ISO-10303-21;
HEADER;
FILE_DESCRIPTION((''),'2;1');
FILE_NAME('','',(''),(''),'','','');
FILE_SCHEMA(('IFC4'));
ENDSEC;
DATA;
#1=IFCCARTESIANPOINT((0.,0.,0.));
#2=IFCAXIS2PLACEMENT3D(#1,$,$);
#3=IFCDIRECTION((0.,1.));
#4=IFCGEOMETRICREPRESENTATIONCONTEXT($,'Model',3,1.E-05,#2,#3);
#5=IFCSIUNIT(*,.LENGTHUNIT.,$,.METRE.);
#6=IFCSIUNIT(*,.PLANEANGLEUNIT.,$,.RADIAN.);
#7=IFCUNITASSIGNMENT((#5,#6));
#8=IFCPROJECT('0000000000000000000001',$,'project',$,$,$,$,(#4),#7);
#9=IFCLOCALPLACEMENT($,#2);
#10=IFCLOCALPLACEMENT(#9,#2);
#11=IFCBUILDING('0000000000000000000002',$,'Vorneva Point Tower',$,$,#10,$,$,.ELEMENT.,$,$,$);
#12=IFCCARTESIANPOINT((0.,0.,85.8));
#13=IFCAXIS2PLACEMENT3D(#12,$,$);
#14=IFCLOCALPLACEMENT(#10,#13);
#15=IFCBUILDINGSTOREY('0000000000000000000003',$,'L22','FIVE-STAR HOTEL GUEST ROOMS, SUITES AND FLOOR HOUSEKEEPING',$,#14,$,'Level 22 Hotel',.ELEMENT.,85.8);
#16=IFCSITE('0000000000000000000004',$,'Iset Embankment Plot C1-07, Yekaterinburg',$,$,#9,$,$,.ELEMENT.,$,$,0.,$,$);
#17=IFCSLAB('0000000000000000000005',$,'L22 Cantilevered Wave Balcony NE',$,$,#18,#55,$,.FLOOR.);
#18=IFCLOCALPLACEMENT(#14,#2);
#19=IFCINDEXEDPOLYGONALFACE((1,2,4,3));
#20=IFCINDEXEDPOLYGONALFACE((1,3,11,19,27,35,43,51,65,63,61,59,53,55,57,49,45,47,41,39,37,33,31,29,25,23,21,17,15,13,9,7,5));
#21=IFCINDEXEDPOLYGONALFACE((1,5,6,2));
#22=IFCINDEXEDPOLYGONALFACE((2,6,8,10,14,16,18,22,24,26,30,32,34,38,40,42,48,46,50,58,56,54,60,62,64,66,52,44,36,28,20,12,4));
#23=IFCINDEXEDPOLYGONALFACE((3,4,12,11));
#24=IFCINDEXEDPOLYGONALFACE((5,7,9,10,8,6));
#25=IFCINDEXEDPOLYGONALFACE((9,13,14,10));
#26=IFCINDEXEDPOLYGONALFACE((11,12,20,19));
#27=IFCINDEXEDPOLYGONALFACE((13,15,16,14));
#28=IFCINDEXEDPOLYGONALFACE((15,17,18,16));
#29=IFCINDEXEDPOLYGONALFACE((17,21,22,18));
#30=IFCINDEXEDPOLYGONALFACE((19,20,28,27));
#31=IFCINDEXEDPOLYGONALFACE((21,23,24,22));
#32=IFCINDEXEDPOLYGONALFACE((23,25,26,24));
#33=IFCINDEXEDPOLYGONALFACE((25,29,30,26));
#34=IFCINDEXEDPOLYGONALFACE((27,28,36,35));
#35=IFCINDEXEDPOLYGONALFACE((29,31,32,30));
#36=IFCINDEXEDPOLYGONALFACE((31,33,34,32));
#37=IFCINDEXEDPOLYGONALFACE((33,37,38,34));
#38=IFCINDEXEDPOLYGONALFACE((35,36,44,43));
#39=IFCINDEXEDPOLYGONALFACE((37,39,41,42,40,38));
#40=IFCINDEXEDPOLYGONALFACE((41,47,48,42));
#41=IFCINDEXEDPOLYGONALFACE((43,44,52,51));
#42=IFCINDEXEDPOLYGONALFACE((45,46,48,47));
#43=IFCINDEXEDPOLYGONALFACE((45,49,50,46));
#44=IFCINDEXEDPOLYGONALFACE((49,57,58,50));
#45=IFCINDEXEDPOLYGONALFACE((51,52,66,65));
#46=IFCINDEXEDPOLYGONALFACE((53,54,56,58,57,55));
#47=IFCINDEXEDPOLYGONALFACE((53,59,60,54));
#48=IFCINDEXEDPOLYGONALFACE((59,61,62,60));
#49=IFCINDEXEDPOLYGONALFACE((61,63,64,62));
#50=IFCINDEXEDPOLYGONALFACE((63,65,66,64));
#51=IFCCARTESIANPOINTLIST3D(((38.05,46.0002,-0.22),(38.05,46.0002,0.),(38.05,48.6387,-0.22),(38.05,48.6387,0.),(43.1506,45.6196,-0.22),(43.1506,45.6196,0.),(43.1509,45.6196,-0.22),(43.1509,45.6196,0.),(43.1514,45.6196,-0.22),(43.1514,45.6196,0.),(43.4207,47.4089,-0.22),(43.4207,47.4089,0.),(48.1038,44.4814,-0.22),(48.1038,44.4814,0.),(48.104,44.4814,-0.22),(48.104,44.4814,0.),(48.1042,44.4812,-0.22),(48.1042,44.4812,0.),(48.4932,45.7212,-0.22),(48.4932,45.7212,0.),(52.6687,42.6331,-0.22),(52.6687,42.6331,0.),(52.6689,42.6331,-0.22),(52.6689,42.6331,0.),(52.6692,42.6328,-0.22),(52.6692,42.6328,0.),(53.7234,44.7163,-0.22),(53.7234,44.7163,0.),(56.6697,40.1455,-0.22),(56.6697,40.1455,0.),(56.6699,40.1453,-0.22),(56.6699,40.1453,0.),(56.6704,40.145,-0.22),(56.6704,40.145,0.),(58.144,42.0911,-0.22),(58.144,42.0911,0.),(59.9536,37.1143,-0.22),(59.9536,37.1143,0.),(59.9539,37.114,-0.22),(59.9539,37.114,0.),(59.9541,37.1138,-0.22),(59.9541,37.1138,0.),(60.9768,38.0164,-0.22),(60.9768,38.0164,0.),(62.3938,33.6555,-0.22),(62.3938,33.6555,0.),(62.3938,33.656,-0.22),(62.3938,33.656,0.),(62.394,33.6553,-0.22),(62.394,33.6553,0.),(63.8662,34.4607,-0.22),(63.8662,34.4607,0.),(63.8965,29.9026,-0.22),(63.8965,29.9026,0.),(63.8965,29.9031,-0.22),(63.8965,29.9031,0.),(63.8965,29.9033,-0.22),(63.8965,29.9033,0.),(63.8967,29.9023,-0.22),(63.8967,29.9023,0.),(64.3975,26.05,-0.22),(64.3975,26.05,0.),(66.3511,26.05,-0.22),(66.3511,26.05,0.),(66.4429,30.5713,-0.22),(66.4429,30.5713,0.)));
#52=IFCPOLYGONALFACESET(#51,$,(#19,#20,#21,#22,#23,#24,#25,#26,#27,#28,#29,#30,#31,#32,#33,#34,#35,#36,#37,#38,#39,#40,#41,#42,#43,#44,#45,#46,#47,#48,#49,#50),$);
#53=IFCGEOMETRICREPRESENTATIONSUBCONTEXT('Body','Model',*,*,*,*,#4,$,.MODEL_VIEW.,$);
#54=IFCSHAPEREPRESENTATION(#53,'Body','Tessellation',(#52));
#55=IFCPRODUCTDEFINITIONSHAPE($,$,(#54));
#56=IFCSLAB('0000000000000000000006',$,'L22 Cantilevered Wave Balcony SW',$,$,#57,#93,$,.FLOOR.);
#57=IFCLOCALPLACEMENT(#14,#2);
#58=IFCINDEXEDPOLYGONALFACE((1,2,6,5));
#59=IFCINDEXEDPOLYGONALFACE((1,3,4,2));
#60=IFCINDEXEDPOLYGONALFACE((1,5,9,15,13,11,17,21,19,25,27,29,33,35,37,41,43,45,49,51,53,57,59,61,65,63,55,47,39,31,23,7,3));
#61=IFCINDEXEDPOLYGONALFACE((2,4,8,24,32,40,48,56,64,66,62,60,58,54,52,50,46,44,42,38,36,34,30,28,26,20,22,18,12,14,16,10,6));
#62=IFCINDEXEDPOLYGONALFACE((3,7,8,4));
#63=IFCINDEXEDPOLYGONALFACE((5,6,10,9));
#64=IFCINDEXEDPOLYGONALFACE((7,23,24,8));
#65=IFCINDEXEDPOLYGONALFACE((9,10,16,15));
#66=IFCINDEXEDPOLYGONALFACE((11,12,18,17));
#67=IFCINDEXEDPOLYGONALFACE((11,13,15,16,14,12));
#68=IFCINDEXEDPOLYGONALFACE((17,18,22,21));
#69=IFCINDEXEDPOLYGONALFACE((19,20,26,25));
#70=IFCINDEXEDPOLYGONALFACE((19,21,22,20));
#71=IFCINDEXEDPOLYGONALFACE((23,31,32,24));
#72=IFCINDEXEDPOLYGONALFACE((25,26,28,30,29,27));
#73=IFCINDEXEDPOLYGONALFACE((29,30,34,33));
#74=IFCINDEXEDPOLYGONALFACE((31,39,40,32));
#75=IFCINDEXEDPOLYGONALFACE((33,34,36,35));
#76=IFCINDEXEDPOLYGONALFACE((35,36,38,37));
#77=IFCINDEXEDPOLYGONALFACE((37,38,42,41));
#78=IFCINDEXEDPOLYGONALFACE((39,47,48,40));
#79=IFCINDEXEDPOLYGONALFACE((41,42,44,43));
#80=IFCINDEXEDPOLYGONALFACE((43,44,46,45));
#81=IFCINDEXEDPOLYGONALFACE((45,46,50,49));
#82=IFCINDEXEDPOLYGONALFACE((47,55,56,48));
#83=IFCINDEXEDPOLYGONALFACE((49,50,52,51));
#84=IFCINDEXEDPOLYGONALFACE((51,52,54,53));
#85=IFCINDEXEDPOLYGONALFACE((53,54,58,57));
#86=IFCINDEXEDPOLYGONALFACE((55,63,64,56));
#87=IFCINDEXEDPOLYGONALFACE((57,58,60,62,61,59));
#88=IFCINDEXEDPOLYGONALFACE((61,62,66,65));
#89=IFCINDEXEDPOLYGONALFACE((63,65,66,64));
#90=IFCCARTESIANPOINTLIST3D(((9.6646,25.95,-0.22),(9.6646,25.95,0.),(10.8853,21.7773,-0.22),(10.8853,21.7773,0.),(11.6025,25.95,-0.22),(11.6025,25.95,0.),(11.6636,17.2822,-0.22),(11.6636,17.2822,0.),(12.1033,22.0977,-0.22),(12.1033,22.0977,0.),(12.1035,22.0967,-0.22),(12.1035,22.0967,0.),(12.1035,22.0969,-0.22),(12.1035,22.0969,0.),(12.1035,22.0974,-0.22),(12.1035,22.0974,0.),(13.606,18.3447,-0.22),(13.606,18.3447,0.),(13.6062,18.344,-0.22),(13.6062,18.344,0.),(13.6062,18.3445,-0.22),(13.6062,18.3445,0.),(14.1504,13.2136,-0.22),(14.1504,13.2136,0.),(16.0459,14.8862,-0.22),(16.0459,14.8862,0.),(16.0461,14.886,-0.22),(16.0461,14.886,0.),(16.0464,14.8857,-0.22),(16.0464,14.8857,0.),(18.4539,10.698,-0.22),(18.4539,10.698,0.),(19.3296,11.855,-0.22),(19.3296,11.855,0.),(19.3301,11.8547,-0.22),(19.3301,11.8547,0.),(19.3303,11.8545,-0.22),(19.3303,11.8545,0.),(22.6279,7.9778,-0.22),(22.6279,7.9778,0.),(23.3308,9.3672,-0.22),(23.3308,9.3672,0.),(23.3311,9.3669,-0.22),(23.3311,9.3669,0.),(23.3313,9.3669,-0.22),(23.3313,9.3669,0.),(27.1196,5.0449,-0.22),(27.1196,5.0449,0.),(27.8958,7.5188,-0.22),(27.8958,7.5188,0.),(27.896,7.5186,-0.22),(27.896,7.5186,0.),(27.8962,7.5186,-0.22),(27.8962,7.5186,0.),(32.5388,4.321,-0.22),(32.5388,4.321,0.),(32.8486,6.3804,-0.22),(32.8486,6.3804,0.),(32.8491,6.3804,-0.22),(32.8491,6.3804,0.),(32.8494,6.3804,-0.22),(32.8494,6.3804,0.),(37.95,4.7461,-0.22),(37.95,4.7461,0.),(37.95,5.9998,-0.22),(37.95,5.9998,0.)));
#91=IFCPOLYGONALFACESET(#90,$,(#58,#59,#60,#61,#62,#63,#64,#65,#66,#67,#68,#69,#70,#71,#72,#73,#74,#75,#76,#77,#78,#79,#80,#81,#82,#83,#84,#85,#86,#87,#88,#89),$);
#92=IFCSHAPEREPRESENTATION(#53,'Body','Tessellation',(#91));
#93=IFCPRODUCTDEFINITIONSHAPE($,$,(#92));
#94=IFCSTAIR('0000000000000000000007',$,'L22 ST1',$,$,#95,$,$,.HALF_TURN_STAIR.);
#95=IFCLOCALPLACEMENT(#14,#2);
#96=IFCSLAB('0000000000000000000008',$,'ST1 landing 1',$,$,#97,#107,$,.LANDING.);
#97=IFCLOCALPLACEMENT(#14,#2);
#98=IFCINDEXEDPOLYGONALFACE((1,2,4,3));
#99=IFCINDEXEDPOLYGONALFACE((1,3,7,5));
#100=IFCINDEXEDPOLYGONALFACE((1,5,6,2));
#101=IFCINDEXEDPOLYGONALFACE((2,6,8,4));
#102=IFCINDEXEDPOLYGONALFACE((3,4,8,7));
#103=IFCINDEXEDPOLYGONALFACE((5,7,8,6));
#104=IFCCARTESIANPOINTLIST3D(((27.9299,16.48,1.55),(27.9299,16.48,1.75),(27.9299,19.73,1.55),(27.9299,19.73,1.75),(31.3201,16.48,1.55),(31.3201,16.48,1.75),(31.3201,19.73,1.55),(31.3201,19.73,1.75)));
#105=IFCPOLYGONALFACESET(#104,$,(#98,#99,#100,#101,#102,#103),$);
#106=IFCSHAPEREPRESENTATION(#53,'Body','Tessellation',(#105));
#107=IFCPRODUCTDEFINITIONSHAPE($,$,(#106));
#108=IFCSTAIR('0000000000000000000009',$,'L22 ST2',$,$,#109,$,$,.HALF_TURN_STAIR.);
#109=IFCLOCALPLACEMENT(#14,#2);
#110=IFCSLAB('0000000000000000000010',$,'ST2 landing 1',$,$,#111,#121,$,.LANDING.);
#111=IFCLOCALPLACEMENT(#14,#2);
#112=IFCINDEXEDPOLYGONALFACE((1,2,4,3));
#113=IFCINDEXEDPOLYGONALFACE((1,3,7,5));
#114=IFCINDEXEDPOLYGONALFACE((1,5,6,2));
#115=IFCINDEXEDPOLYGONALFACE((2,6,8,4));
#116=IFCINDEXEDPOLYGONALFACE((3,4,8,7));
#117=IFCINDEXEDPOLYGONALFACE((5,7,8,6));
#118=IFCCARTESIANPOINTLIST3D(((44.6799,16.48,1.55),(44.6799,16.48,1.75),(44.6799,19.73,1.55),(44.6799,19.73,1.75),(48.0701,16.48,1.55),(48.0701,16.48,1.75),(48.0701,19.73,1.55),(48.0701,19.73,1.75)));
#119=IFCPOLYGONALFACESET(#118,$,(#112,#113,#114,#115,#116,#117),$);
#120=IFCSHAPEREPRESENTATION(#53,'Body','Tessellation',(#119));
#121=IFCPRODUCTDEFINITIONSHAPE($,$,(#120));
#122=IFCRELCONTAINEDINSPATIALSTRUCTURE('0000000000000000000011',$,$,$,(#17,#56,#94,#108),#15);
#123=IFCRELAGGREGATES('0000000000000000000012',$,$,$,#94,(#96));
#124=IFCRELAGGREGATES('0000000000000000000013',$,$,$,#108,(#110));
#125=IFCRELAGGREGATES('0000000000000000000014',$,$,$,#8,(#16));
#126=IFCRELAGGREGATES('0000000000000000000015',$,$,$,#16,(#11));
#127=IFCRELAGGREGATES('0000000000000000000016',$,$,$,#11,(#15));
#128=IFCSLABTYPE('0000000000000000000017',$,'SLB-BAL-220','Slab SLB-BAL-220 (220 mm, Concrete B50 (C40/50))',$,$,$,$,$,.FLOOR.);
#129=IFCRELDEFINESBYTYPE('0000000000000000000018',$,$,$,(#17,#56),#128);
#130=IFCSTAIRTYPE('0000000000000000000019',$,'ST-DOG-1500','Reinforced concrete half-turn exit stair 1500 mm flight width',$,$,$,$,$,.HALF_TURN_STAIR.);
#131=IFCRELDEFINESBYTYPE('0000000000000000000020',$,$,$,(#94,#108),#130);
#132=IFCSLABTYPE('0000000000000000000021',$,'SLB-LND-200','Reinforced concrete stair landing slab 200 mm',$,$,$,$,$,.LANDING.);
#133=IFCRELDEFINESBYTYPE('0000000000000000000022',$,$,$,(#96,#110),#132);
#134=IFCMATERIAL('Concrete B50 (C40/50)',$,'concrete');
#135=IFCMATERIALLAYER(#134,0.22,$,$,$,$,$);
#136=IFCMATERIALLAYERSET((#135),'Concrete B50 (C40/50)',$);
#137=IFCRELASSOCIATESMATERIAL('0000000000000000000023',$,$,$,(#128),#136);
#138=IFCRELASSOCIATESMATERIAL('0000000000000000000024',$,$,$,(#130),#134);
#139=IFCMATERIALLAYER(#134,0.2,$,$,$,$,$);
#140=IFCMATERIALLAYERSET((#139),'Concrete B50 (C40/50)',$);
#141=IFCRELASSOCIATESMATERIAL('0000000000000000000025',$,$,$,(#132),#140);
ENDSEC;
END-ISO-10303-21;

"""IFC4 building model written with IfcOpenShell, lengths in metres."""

from ifc_helpers import new_model, si_unit, direction, frame, origin, place, context, subcontext, project, spatial, polyline, outline, extrude, material, layer, layer_set, type_object, element, aggregate, save


model = new_model("IFC4")

# Units and contexts
model_context = context("Model", 3, precision=1e-05, world=origin(), true_north=direction((0.0, 1.0)))
body_context = subcontext(model_context, "Body", "Model", "MODEL_VIEW")
ifc_project = project(units=[si_unit("LENGTHUNIT", "METRE"), si_unit("PLANEANGLEUNIT", "RADIAN")], contexts=[model_context])

# Site, building, storey
site_placement = place(None, origin())
site = spatial("IfcSite", under=ifc_project, at=site_placement, Name="Iset Embankment Plot C1-07, Yekaterinburg", CompositionType="ELEMENT", RefElevation=0.0)
building_placement = place(site_placement, origin())
building = spatial("IfcBuilding", under=site, at=building_placement, Name="Vorneva Point Tower", CompositionType="ELEMENT")
storey_placement = place(building_placement, frame((0.0, 0.0, 85.8)))
storey = spatial("IfcBuildingStorey", under=building, at=storey_placement, Name="L22", Description="FIVE-STAR HOTEL GUEST ROOMS, SUITES AND FLOOR HOUSEKEEPING", LongName="Level 22 Hotel", CompositionType="ELEMENT", Elevation=85.8)

# Slabs
ifc_material_1 = material(Name="Concrete B50 (C40/50)", Category="concrete")
ifc_layer_1 = layer(ifc_material_1, 0.22)
ifc_layer_set_1 = layer_set([ifc_layer_1], Name="Concrete B50 (C40/50)")
slab_type_1 = type_object("IfcSlabType", Name="SLB-BAL-220", Description="Slab SLB-BAL-220 (220 mm, Concrete B50 (C40/50))", PredefinedType="FLOOR", material=ifc_layer_set_1)
slab_1_placement = place(storey_placement, frame((0.0, 0.0, -0.22)))
element("IfcSlab", 1, at=slab_1_placement, inside=storey, type_object=slab_type_1, Name="L22 Cantilevered Wave Balcony NE", PredefinedType="FLOOR", context=body_context, shape_type="SweptSolid", body=[
    extrude(outline(polyline([(38.05, 48.6387), (38.05, 46.0002), (43.1506, 45.6196), (43.1509, 45.6196), (43.1514, 45.6196), (48.1038, 44.4814), (48.104, 44.4814), (48.1042, 44.4812), (52.6687, 42.6331), (52.6689, 42.6331), (52.6692, 42.6328), (56.6697, 40.1455), (56.6699, 40.1453), (56.6704, 40.145), (59.9536, 37.1143), (59.9539, 37.114), (59.9541, 37.1138), (62.3938, 33.656), (62.3938, 33.6555), (62.394, 33.6553), (63.8965, 29.9033), (63.8965, 29.9031), (63.8965, 29.9026), (63.8967, 29.9023), (64.3975, 26.05), (66.3511, 26.05), (66.4429, 30.5713), (63.8662, 34.4607), (60.9768, 38.0164), (58.144, 42.0911), (53.7234, 44.7163), (48.4932, 45.7212), (43.4207, 47.4089), (38.05, 48.6387)])), origin(), (0.0, 0.0, 1.0), 0.22),
])
slab_2_placement = place(storey_placement, frame((0.0, 0.0, -0.22)))
element("IfcSlab", 2, at=slab_2_placement, inside=storey, type_object=slab_type_1, Name="L22 Cantilevered Wave Balcony SW", PredefinedType="FLOOR", context=body_context, shape_type="SweptSolid", body=[
    extrude(outline(polyline([(37.95, 4.7461), (37.95, 5.9998), (32.8494, 6.3804), (32.8491, 6.3804), (32.8486, 6.3804), (27.8962, 7.5186), (27.896, 7.5186), (27.8958, 7.5188), (23.3313, 9.3669), (23.3311, 9.3669), (23.3308, 9.3672), (19.3303, 11.8545), (19.3301, 11.8547), (19.3296, 11.855), (16.0464, 14.8857), (16.0461, 14.886), (16.0459, 14.8862), (13.6062, 18.344), (13.6062, 18.3445), (13.606, 18.3447), (12.1035, 22.0967), (12.1035, 22.0969), (12.1035, 22.0974), (12.1033, 22.0977), (11.6025, 25.95), (9.6646, 25.95), (10.8853, 21.7773), (11.6636, 17.2822), (14.1504, 13.2136), (18.4539, 10.698), (22.6279, 7.9778), (27.1196, 5.0449), (32.5388, 4.321), (37.95, 4.7461)])), origin(), (0.0, 0.0, 1.0), 0.22),
])

# Stairs, slabs
stair_type = type_object("IfcStairType", Name="ST-DOG-1500", Description="Reinforced concrete half-turn exit stair 1500 mm flight width", PredefinedType="HALF_TURN_STAIR", material=ifc_material_1)
stair_1_placement = place(storey_placement, origin())
stair_1 = element("IfcStair", 3, at=stair_1_placement, inside=storey, type_object=stair_type, Name="L22 ST1", PredefinedType="HALF_TURN_STAIR")
ifc_layer_2 = layer(ifc_material_1, 0.2)
ifc_layer_set_2 = layer_set([ifc_layer_2], Name="Concrete B50 (C40/50)")
slab_type_2 = type_object("IfcSlabType", Name="SLB-LND-200", Description="Reinforced concrete stair landing slab 200 mm", PredefinedType="LANDING", material=ifc_layer_set_2)
slab_3_placement = place(storey_placement, frame((0.0, 0.0, 1.55)))
slab_3 = element("IfcSlab", 4, at=slab_3_placement, type_object=slab_type_2, Name="ST1 landing 1", PredefinedType="LANDING", context=body_context, shape_type="SweptSolid", body=[
    extrude(outline(polyline([(27.9299, 16.48), (31.3201, 16.48), (31.3201, 19.73), (27.9299, 19.73), (27.9299, 16.48)])), origin(), (0.0, 0.0, 1.0), 0.2),
])
aggregate(stair_1, [slab_3])
stair_2_placement = place(storey_placement, origin())
stair_2 = element("IfcStair", 5, at=stair_2_placement, inside=storey, type_object=stair_type, Name="L22 ST2", PredefinedType="HALF_TURN_STAIR")
slab_4_placement = place(storey_placement, frame((0.0, 0.0, 1.55)))
slab_4 = element("IfcSlab", 6, at=slab_4_placement, type_object=slab_type_2, Name="ST2 landing 1", PredefinedType="LANDING", context=body_context, shape_type="SweptSolid", body=[
    extrude(outline(polyline([(44.6799, 16.48), (48.0701, 16.48), (48.0701, 19.73), (44.6799, 19.73), (44.6799, 16.48)])), origin(), (0.0, 0.0, 1.0), 0.2),
])
aggregate(stair_2, [slab_4])

save(model, "model.ifc")
